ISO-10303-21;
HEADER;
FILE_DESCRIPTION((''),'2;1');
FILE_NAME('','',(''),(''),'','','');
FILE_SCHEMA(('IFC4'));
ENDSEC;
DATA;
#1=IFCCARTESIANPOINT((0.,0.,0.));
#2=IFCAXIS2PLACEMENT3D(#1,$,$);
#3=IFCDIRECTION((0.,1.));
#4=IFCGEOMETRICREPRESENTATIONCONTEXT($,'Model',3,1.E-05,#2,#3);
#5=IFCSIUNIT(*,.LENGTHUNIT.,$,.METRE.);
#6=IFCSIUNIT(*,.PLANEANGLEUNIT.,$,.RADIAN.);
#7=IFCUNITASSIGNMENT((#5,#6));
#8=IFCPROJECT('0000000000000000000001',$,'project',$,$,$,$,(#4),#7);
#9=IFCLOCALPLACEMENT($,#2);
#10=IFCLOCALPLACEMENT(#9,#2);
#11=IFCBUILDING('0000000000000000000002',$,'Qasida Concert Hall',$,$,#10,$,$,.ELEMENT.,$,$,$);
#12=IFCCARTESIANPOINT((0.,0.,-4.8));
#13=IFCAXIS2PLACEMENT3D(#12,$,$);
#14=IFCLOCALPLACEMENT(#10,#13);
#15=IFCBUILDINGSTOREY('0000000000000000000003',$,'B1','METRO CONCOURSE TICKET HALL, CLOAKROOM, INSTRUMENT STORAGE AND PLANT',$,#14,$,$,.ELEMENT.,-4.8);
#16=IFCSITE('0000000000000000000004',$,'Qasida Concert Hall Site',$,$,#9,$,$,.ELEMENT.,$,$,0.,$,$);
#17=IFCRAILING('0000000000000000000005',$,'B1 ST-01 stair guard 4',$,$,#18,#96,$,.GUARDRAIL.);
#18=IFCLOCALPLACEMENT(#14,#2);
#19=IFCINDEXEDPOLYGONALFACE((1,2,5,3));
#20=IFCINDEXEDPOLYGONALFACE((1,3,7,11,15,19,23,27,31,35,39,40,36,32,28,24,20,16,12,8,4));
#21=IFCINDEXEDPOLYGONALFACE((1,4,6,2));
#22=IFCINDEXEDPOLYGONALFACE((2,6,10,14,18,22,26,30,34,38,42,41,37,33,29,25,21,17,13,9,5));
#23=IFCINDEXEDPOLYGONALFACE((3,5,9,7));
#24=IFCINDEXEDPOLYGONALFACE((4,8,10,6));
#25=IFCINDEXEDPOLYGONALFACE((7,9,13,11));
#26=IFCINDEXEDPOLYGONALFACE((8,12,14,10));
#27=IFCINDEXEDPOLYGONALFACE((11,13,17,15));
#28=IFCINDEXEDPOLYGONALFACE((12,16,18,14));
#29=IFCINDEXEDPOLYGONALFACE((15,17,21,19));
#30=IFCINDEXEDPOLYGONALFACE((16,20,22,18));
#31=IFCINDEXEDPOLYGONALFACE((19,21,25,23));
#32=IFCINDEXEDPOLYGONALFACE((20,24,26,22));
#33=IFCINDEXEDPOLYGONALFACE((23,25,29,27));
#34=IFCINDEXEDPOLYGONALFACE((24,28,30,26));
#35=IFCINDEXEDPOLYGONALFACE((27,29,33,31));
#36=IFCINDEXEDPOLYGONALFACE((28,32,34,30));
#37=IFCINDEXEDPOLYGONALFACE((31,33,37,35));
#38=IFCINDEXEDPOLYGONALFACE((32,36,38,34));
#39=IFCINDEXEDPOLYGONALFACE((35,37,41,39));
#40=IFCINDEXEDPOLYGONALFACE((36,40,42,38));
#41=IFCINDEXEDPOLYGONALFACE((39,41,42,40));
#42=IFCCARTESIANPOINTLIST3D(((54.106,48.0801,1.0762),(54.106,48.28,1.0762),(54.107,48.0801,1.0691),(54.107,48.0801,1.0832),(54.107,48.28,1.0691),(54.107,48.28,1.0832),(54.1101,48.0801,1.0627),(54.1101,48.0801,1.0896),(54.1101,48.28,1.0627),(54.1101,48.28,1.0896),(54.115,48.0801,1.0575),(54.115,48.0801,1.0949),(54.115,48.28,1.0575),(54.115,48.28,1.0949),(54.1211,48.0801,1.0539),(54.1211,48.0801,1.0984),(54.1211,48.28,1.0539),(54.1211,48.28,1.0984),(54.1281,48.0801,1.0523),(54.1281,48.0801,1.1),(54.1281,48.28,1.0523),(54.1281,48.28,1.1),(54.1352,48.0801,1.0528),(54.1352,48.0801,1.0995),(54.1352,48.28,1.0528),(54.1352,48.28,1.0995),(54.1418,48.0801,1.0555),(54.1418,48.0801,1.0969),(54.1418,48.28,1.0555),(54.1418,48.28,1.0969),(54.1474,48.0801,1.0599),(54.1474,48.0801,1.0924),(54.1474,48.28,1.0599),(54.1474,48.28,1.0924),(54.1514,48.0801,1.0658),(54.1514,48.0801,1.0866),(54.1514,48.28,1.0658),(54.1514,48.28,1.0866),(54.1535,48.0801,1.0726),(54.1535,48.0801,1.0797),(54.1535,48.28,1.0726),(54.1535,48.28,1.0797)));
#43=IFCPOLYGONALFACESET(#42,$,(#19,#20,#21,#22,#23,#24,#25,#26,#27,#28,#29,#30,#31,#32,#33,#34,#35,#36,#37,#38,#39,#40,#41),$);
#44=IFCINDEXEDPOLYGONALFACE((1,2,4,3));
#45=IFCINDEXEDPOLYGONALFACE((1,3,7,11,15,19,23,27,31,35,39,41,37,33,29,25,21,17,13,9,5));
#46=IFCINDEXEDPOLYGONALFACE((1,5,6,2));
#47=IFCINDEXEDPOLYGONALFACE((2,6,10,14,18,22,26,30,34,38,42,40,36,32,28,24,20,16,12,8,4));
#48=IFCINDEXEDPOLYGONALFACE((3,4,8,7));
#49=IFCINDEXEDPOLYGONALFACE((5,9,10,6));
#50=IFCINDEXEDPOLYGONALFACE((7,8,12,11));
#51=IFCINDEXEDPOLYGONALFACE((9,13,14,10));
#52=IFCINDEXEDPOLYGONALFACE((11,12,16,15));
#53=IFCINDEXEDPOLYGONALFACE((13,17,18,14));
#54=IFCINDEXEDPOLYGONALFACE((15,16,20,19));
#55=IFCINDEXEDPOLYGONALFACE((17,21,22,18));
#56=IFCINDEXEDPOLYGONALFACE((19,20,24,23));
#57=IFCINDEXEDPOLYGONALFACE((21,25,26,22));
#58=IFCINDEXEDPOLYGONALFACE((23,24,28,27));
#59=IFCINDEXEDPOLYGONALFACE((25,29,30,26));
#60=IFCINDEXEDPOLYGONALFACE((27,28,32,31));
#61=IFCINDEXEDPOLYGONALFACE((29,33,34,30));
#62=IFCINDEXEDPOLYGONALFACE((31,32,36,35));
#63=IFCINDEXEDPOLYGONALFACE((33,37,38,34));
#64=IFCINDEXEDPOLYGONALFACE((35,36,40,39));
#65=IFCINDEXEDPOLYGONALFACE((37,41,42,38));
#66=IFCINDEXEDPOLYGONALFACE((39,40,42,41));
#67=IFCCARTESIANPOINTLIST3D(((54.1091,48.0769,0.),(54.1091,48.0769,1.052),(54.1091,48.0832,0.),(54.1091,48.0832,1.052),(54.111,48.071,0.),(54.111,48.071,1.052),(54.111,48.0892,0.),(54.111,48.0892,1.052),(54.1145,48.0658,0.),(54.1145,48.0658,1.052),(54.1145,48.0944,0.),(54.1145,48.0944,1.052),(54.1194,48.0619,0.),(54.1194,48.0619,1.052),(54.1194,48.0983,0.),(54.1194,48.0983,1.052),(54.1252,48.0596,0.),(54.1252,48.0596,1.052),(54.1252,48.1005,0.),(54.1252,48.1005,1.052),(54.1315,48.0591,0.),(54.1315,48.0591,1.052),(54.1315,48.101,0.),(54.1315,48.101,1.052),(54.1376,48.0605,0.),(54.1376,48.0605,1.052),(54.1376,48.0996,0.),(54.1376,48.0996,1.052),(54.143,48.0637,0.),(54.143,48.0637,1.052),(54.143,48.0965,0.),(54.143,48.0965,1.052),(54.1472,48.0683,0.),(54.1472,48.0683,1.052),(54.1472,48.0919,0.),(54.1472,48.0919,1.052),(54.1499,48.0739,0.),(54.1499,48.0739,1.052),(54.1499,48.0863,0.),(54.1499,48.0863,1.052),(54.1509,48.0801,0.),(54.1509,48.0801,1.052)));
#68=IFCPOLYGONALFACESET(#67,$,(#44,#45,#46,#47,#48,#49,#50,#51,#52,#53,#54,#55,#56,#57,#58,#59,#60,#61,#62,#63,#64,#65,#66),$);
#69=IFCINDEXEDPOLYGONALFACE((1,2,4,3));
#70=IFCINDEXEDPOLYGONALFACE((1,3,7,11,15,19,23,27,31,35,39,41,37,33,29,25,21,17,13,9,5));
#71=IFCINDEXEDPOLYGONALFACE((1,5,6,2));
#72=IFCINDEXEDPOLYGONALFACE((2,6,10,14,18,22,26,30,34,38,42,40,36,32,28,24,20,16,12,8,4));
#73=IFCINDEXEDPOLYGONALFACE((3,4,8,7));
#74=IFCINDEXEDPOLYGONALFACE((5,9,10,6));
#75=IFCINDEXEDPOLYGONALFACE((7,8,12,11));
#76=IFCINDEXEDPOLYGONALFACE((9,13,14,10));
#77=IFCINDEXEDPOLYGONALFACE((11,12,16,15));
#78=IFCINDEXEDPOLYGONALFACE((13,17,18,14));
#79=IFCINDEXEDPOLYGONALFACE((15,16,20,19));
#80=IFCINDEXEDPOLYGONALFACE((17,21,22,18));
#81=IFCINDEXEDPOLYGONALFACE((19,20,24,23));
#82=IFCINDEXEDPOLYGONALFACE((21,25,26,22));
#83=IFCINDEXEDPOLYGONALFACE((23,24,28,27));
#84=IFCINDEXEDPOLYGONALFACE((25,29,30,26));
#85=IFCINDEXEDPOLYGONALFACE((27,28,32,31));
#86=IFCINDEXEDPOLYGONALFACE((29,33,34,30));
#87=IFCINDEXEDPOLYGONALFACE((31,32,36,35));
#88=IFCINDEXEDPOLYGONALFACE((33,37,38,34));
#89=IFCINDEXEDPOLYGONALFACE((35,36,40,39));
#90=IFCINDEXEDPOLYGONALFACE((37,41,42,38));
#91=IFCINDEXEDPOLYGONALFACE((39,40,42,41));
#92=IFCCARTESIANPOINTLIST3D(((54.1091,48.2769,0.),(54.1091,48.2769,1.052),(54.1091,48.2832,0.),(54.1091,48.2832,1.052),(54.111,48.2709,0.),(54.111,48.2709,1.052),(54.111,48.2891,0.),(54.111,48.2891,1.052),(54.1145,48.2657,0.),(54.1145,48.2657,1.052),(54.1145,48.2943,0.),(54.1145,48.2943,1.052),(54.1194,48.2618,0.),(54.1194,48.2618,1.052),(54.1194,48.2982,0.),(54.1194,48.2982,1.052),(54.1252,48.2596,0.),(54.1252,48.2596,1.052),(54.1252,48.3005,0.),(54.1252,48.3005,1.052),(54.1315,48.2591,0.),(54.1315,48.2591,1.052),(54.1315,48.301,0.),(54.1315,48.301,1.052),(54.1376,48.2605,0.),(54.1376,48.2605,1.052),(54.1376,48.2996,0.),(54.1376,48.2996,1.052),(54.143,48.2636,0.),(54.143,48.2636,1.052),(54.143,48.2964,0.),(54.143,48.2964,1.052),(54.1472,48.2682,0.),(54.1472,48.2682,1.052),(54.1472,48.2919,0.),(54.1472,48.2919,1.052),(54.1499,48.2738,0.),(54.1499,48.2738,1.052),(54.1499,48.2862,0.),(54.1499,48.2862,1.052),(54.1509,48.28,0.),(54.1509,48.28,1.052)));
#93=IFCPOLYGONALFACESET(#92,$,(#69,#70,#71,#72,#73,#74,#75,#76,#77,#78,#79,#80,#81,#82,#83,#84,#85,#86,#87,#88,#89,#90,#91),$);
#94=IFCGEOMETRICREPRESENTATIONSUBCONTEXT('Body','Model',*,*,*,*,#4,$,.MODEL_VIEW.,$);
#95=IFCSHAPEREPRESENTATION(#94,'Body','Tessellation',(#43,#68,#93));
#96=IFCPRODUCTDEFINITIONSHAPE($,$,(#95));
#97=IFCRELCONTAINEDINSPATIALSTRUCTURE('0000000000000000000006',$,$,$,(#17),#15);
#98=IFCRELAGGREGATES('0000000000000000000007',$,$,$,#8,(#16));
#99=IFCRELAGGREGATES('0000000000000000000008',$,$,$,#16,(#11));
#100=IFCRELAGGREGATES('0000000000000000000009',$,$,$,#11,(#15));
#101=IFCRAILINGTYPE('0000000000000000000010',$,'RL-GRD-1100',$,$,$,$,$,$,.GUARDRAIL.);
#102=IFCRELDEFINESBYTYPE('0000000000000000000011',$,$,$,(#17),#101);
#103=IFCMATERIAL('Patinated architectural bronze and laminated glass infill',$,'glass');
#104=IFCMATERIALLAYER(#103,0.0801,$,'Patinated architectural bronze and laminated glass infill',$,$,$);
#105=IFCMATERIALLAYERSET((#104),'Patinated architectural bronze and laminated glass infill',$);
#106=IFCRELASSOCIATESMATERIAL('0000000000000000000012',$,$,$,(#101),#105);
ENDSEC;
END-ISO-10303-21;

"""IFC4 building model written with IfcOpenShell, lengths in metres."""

from ifc_helpers import new_model, si_unit, direction, frame, origin, origin_2d, place, context, subcontext, project, spatial, circle, extrude, material, layer, layer_set, type_object, element, save


model = new_model("IFC4")

# Units and contexts
model_context = context("Model", 3, precision=1e-05, world=origin(), true_north=direction((0.0, 1.0)))
body_context = subcontext(model_context, "Body", "Model", "MODEL_VIEW")
ifc_project = project(units=[si_unit("LENGTHUNIT", "METRE"), si_unit("PLANEANGLEUNIT", "RADIAN")], contexts=[model_context])

# Site, building, storey
site_placement = place(None, origin())
site = spatial("IfcSite", under=ifc_project, at=site_placement, Name="Qasida Concert Hall Site", CompositionType="ELEMENT", RefElevation=0.0)
building_placement = place(site_placement, origin())
building = spatial("IfcBuilding", under=site, at=building_placement, Name="Qasida Concert Hall", CompositionType="ELEMENT")
storey_placement = place(building_placement, frame((0.0, 0.0, -4.8)))
storey = spatial("IfcBuildingStorey", under=building, at=storey_placement, Name="B1", Description="METRO CONCOURSE TICKET HALL, CLOAKROOM, INSTRUMENT STORAGE AND PLANT", CompositionType="ELEMENT", Elevation=-4.8)

# Railing
ifc_material_1 = material(Name="Patinated architectural bronze and laminated glass infill", Category="glass")
ifc_layer_1 = layer(ifc_material_1, 0.0801, Name="Patinated architectural bronze and laminated glass infill")
ifc_layer_set_1 = layer_set([ifc_layer_1], Name="Patinated architectural bronze and laminated glass infill")
railing_type_1 = type_object("IfcRailingType", Name="RL-GRD-1100", PredefinedType="GUARDRAIL", material=ifc_layer_set_1)
railing_1_placement = place(storey_placement, frame((54.1299, 48.0801, 0.0)))
element("IfcRailing", 1, at=railing_1_placement, inside=storey, type_object=railing_type_1, Name="B1 ST-01 stair guard 4", PredefinedType="GUARDRAIL", context=body_context, shape_type="SweptSolid", body=[
    extrude(circle(Radius=0.0239, at=origin_2d()), frame((0.0, 0.0, 1.0762), z_axis=(0.0, 1.0, 0.0), x_axis=(-1.0, 0.0, 0.0)), (0.0, 0.0, 1.0), 0.2),
    extrude(circle(Radius=0.021, at=origin_2d()), origin(), (0.0, 0.0, 1.0), 1.052),
    extrude(circle(Radius=0.021, at=origin_2d()), frame((0.0, 0.2, 0.0)), (0.0, 0.0, 1.0), 1.052),
])

save(model, "model.ifc")
